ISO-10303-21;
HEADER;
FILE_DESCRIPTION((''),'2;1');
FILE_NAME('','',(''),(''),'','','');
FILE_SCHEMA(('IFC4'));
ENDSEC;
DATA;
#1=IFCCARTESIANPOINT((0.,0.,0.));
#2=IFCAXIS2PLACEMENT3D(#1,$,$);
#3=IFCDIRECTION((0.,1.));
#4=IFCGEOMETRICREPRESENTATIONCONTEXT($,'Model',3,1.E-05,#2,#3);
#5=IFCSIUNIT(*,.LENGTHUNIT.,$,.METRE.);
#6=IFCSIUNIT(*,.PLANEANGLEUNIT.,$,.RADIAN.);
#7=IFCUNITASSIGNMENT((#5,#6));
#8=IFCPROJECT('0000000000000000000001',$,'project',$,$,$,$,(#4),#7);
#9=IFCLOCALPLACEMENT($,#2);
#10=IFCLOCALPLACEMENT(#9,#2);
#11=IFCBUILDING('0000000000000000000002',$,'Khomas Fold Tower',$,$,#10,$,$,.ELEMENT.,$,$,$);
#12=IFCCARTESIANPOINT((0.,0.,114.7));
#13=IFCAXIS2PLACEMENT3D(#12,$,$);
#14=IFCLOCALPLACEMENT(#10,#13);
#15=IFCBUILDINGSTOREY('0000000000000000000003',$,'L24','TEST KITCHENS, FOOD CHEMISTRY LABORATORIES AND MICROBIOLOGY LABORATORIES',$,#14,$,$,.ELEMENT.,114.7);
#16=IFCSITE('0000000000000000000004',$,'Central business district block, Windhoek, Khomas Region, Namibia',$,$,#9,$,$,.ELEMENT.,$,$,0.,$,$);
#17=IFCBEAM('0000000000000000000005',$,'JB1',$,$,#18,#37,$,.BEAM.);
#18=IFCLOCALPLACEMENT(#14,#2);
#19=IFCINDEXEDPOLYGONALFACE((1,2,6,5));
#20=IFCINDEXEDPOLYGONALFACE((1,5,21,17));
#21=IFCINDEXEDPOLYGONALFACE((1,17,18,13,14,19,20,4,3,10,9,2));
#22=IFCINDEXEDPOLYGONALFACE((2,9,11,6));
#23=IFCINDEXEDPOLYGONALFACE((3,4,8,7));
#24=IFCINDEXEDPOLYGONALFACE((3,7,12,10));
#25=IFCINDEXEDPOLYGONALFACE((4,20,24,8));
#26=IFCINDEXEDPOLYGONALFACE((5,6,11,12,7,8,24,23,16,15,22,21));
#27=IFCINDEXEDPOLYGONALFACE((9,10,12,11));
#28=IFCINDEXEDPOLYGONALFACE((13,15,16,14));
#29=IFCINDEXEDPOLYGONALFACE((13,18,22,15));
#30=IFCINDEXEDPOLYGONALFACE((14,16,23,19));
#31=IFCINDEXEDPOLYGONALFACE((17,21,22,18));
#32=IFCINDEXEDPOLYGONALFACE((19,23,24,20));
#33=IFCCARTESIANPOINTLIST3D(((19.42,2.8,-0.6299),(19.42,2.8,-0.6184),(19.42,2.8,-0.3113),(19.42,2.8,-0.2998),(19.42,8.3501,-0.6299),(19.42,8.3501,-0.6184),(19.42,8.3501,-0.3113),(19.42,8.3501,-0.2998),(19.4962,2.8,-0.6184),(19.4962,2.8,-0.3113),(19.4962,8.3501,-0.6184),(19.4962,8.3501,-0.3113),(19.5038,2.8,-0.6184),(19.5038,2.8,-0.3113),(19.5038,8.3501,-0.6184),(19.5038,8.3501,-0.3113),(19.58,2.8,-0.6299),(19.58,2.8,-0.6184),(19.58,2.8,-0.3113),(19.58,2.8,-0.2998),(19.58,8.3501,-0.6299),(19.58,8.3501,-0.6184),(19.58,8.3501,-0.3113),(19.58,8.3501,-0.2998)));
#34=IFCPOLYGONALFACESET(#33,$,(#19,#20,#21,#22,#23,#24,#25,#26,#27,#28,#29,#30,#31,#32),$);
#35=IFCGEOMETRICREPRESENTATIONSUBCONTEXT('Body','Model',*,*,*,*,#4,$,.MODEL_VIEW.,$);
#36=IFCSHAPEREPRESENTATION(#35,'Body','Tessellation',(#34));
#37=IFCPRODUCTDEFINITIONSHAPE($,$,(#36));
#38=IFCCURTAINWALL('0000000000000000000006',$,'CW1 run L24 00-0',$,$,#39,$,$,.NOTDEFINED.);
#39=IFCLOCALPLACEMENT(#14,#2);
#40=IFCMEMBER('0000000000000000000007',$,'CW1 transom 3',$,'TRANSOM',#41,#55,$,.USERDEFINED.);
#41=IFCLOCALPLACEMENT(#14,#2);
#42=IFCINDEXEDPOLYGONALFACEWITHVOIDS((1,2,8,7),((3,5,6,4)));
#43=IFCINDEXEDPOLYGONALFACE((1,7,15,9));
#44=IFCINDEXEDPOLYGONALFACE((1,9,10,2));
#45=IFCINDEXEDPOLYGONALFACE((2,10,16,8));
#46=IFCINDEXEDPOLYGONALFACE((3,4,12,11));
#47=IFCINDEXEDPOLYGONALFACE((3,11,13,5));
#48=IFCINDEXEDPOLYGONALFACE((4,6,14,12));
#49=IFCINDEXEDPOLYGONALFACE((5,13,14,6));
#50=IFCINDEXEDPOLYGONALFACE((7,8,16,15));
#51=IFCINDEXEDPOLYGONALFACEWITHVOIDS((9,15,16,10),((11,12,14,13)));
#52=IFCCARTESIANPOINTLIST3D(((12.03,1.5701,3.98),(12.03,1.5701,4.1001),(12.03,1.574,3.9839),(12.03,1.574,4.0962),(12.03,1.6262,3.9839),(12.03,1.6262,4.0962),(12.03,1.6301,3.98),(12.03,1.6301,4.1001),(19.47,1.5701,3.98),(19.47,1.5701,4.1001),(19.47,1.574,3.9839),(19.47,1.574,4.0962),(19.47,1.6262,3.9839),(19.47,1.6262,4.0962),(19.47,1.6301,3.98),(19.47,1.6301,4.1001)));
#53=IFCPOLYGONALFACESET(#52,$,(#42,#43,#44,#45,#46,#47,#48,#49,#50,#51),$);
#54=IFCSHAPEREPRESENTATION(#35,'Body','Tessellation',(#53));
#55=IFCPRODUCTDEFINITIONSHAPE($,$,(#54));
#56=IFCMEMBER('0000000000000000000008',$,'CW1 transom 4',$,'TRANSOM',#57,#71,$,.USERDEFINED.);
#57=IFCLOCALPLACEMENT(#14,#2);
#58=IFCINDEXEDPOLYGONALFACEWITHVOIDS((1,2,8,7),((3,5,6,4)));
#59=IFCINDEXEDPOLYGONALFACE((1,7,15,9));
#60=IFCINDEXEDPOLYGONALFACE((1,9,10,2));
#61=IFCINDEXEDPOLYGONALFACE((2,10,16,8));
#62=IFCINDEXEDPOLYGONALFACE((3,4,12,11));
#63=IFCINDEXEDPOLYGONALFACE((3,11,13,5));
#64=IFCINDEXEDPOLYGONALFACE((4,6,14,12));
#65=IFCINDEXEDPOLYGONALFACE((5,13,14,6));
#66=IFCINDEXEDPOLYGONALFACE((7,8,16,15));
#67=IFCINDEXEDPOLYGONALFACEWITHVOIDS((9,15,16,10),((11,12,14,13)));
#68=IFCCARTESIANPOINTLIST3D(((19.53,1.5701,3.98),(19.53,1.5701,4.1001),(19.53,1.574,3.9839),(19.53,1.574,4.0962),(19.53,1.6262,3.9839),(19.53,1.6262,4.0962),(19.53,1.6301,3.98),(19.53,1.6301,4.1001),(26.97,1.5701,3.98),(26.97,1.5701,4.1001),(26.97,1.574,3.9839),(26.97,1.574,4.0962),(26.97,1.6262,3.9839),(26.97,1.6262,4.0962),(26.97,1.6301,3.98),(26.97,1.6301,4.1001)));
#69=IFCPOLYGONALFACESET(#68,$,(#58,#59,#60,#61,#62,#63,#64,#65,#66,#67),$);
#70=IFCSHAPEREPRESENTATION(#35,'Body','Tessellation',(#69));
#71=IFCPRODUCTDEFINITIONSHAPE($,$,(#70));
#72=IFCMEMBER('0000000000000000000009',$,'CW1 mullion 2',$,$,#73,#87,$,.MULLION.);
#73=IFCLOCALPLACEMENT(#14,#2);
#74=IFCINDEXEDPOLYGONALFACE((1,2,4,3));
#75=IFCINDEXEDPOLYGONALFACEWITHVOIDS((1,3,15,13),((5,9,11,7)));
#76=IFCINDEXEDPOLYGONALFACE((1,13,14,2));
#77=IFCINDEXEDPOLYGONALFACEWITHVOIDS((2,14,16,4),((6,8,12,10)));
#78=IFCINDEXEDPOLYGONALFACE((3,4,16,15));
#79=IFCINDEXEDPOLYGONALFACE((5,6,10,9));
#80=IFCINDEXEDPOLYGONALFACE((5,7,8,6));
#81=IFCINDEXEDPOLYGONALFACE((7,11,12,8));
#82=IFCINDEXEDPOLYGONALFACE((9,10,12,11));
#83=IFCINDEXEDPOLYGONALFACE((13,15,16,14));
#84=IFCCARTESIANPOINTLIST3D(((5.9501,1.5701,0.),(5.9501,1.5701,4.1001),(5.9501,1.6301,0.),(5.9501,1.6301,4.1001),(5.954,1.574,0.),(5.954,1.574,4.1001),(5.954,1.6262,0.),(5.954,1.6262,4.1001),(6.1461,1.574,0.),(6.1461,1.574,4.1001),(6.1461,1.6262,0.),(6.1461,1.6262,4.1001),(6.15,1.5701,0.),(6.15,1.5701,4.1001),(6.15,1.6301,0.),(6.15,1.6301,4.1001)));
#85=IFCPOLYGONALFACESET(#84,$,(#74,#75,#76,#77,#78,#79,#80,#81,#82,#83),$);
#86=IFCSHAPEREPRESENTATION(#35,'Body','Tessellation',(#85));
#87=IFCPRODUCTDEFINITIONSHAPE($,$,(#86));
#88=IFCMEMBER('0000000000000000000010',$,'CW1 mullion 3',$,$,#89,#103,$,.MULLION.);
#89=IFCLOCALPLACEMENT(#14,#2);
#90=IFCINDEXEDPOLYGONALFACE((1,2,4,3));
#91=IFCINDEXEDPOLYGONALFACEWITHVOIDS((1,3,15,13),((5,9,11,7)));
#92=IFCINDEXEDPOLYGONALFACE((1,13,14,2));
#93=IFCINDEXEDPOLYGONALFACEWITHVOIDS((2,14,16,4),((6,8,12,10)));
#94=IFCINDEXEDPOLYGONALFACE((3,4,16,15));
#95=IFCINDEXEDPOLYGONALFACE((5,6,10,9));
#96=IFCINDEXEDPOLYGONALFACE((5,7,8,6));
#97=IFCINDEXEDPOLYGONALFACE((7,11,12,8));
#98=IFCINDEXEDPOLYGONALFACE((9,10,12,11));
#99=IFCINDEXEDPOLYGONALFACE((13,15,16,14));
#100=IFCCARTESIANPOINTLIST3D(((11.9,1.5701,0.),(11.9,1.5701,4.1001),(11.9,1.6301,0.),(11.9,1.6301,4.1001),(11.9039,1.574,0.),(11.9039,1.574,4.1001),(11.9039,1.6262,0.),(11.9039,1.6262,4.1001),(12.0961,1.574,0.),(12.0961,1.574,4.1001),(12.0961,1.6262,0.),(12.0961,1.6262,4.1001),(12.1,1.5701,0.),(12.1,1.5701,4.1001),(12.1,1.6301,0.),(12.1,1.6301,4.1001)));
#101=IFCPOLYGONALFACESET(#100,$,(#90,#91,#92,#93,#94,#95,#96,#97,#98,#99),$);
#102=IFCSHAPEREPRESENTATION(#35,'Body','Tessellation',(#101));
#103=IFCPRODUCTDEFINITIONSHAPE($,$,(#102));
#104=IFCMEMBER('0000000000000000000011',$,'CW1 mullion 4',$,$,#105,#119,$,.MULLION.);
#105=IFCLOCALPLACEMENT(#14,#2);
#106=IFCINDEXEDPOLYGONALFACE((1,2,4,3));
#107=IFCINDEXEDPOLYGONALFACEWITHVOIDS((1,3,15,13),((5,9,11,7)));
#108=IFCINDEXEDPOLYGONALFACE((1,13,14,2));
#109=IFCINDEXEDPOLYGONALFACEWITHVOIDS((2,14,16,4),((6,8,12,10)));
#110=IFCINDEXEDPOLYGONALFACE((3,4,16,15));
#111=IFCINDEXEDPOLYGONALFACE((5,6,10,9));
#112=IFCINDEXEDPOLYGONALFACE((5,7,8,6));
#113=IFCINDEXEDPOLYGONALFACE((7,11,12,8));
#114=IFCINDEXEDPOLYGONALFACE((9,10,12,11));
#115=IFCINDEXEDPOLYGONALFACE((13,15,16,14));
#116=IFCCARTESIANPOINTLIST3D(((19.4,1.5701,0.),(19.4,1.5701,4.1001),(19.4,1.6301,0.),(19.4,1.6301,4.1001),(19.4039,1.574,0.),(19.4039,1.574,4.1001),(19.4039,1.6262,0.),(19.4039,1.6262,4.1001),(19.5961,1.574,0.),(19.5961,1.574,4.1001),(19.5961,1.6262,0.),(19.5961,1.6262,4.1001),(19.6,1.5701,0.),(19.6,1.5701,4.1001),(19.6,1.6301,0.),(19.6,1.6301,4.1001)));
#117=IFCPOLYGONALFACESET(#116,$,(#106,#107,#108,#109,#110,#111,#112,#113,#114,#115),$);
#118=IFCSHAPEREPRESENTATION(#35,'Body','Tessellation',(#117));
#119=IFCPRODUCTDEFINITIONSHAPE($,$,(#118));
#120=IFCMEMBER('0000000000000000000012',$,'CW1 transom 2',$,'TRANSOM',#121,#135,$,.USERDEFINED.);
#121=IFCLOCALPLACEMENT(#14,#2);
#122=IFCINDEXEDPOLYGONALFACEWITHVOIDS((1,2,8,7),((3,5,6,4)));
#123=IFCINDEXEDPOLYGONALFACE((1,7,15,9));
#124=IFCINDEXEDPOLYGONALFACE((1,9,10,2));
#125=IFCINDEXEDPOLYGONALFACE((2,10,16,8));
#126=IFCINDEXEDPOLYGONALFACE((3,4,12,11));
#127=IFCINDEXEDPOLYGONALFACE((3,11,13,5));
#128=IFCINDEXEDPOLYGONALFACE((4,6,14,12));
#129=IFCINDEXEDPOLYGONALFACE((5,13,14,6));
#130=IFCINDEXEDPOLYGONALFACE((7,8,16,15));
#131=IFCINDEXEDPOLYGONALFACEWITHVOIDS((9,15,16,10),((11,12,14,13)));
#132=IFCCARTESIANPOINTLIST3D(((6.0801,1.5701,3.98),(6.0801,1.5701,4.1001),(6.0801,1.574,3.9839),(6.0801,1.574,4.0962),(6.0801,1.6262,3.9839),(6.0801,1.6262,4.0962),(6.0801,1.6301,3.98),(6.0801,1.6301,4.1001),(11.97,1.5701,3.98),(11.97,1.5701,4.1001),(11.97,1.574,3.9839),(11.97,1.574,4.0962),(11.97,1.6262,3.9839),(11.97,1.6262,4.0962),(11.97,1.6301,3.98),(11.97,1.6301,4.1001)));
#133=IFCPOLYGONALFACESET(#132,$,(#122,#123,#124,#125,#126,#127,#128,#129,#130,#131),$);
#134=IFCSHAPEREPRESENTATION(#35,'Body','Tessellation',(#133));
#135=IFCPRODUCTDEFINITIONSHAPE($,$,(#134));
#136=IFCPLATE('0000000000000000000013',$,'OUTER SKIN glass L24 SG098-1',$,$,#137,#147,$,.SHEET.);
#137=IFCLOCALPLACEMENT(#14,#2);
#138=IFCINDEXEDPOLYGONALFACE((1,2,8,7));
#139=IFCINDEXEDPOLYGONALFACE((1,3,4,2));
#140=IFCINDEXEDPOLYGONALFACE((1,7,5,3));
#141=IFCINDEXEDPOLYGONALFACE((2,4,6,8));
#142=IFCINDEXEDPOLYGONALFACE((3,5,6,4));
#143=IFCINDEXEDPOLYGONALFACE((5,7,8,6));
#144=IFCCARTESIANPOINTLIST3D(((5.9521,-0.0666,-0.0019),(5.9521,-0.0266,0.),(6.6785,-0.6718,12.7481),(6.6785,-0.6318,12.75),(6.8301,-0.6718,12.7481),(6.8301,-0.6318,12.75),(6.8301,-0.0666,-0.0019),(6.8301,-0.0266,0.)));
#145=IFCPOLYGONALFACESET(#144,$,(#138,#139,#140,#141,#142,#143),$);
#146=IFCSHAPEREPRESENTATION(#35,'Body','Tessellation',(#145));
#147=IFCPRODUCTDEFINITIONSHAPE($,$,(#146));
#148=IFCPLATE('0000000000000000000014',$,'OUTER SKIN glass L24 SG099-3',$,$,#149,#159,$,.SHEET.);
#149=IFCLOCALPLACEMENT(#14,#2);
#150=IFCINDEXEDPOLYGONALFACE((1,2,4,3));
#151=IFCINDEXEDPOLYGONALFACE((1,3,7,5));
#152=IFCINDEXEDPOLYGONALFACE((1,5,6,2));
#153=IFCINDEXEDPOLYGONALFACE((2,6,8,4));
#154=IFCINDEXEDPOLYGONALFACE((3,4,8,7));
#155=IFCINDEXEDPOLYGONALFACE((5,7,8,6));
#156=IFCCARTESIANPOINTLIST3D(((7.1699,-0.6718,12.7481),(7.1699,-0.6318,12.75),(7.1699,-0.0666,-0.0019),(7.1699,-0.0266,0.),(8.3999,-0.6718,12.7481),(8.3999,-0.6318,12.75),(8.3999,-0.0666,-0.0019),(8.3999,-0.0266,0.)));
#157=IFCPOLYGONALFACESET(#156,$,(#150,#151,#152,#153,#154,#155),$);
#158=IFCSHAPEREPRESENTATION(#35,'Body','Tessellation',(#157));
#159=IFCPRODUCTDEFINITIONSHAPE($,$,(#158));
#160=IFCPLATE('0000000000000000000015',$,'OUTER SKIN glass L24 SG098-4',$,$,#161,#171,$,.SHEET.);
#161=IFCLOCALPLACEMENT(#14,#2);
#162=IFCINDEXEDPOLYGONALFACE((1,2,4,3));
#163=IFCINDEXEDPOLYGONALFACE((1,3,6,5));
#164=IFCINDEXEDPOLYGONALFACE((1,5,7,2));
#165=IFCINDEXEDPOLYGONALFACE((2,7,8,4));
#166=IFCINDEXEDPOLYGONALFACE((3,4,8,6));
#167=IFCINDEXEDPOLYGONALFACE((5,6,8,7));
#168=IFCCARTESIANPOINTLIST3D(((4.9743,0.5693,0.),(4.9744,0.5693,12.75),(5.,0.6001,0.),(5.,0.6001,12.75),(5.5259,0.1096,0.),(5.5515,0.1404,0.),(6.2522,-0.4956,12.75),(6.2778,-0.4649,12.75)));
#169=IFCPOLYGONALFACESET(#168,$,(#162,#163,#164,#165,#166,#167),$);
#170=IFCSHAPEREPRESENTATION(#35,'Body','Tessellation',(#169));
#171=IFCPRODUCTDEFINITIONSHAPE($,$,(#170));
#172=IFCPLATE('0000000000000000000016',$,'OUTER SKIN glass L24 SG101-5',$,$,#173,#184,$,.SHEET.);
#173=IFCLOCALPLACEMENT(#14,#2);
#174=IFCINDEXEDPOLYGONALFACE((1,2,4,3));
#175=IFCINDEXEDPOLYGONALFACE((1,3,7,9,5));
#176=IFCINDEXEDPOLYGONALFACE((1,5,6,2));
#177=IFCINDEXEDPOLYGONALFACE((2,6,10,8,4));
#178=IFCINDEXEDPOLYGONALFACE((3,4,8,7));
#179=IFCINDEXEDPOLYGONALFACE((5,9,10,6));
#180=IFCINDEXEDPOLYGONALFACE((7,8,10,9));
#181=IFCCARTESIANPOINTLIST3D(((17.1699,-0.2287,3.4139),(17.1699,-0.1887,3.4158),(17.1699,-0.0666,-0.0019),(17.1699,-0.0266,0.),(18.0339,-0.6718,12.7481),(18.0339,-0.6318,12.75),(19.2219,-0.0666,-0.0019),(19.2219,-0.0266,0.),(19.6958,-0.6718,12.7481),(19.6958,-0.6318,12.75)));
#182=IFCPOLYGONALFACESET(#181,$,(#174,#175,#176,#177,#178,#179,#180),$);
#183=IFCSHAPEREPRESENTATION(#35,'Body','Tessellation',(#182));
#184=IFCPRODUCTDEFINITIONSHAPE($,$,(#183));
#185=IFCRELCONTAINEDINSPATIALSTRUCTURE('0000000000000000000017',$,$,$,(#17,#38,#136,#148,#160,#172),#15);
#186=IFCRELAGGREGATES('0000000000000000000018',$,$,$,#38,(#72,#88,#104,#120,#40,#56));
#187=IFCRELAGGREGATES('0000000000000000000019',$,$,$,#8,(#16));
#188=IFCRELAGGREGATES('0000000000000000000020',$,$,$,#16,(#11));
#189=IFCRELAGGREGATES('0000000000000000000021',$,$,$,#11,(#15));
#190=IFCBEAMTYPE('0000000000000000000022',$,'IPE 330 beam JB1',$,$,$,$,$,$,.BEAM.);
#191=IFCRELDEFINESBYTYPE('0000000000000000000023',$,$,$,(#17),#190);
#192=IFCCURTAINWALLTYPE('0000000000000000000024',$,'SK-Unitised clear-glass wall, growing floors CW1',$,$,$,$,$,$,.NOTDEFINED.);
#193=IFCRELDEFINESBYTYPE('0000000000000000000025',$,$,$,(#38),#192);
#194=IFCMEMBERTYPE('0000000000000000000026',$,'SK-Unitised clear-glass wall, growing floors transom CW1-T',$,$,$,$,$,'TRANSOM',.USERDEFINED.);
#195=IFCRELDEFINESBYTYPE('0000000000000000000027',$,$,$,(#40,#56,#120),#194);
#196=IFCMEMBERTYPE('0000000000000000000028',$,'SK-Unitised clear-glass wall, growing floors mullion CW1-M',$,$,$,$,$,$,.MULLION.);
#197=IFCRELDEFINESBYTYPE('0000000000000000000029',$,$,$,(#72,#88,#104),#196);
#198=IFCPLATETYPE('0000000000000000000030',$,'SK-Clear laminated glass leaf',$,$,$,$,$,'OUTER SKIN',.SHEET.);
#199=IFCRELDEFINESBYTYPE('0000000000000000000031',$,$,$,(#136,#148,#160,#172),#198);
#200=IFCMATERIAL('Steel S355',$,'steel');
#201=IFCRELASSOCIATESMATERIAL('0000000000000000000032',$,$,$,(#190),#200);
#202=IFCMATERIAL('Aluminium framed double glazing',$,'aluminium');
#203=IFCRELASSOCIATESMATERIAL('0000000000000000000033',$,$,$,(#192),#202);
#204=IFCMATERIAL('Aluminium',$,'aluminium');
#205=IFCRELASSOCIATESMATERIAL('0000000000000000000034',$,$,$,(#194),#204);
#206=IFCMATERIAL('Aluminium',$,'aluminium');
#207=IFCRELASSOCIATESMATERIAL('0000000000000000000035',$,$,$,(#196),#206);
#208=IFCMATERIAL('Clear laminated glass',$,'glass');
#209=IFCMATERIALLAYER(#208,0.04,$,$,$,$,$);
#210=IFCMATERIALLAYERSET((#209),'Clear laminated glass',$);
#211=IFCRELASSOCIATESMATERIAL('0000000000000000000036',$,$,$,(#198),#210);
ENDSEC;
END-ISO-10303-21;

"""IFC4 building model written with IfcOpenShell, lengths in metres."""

from ifc_helpers import new_model, si_unit, direction, frame, origin, origin_2d, place, context, subcontext, project, spatial, polyline, hollow_rectangle, i_section, outline, extrude, source, transform, mapped, material, layer, layer_set, material_profile, profile_set, type_object, element, aggregate, save


model = new_model("IFC4")

# Units and contexts
model_context = context("Model", 3, precision=1e-05, world=origin(), true_north=direction((0.0, 1.0)))
body_context = subcontext(model_context, "Body", "Model", "MODEL_VIEW")
ifc_project = project(units=[si_unit("LENGTHUNIT", "METRE"), si_unit("PLANEANGLEUNIT", "RADIAN")], contexts=[model_context])

# Site, building, storey
site_placement = place(None, origin())
site = spatial("IfcSite", under=ifc_project, at=site_placement, Name="Central business district block, Windhoek, Khomas Region, Namibia", CompositionType="ELEMENT", RefElevation=0.0)
building_placement = place(site_placement, origin())
building = spatial("IfcBuilding", under=site, at=building_placement, Name="Khomas Fold Tower", CompositionType="ELEMENT")
storey_placement = place(building_placement, frame((0.0, 0.0, 114.7)))
storey = spatial("IfcBuildingStorey", under=building, at=storey_placement, Name="L24", Description="TEST KITCHENS, FOOD CHEMISTRY LABORATORIES AND MICROBIOLOGY LABORATORIES", CompositionType="ELEMENT", Elevation=114.7)

# Beam
ifc_material_1 = material(Name="Steel S355", Category="steel")
ifc_material_profile_1 = material_profile(ifc_material_1, i_section(OverallWidth=0.1599, OverallDepth=0.3301, WebThickness=0.0076, FlangeThickness=0.0115, at=origin_2d()), Name="IPE 330")
ifc_profile_set_1 = profile_set([ifc_material_profile_1], Name="Steel S355")
beam_type_1 = type_object("IfcBeamType", Name="IPE 330 beam JB1", PredefinedType="BEAM", material=ifc_profile_set_1)
shared_shape_1 = source(origin(), body_context, "Body", "SweptSolid", [
    extrude(i_section(OverallWidth=0.1599, OverallDepth=0.3301, WebThickness=0.0076, FlangeThickness=0.0115, at=origin_2d()), origin(), (0.0, 0.0, 1.0), 5.55),
])
beam_1_placement = place(storey_placement, frame((19.5, 2.8, -0.4648), z_axis=(0.0, 1.0, 0.0), x_axis=(-1.0, 0.0, 0.0)))
element("IfcBeam", 1, at=beam_1_placement, inside=storey, type_object=beam_type_1, Name="JB1", PredefinedType="BEAM", context=body_context, shape_type="MappedRepresentation", body=[
    mapped(shared_shape_1, transform((0.0, 0.0, 0.0))),
])

# Curtain wall, members
ifc_material_2 = material(Name="Aluminium framed double glazing", Category="aluminium")
curtain_wall_type = type_object("IfcCurtainWallType", Name="SK-Unitised clear-glass wall, growing floors CW1", PredefinedType="NOTDEFINED", material=ifc_material_2)
curtain_wall_placement = place(storey_placement, origin())
curtain_wall = element("IfcCurtainWall", 2, at=curtain_wall_placement, inside=storey, type_object=curtain_wall_type, Name="CW1 run L24 00-0", PredefinedType="NOTDEFINED")
ifc_material_3 = material(Name="Aluminium", Category="aluminium")
ifc_material_profile_2 = material_profile(ifc_material_3, hollow_rectangle(XDim=0.0601, YDim=0.1201, WallThickness=0.0039, at=origin_2d()), Name="SK-Unitised clear-glass wall, growing floors transom CW1-T")
ifc_profile_set_2 = profile_set([ifc_material_profile_2], Name="Aluminium")
member_type_1 = type_object("IfcMemberType", Name="SK-Unitised clear-glass wall, growing floors transom CW1-T", ElementType="TRANSOM", PredefinedType="USERDEFINED", material=ifc_profile_set_2)
shared_shape_2 = source(origin(), body_context, "Body", "SweptSolid", [
    extrude(hollow_rectangle(XDim=0.0601, YDim=0.1201, WallThickness=0.0039, at=origin_2d()), origin(), (0.0, 0.0, 1.0), 7.4399),
])
member_1_placement = place(storey_placement, frame((12.03, 1.6001, 4.04), z_axis=(1.0, 0.0, 0.0), x_axis=(0.0, 1.0, 0.0)))
member_1 = element("IfcMember", 3, at=member_1_placement, type_object=member_type_1, Name="CW1 transom 3", ObjectType="TRANSOM", PredefinedType="USERDEFINED", context=body_context, shape_type="MappedRepresentation", body=[
    mapped(shared_shape_2, transform((0.0, 0.0, 0.0))),
])
member_2_placement = place(storey_placement, frame((19.53, 1.6001, 4.04), z_axis=(1.0, 0.0, 0.0), x_axis=(0.0, 1.0, 0.0)))
member_2 = element("IfcMember", 4, at=member_2_placement, type_object=member_type_1, Name="CW1 transom 4", ObjectType="TRANSOM", PredefinedType="USERDEFINED", context=body_context, shape_type="MappedRepresentation", body=[
    mapped(shared_shape_2, transform((0.0, 0.0, 0.0))),
])
ifc_material_4 = material(Name="Aluminium", Category="aluminium")
ifc_material_profile_3 = material_profile(ifc_material_4, hollow_rectangle(XDim=0.0601, YDim=0.2, WallThickness=0.0039, at=origin_2d()), Name="SK-Unitised clear-glass wall, growing floors mullion CW1-M")
ifc_profile_set_3 = profile_set([ifc_material_profile_3], Name="Aluminium")
member_type_2 = type_object("IfcMemberType", Name="SK-Unitised clear-glass wall, growing floors mullion CW1-M", PredefinedType="MULLION", material=ifc_profile_set_3)
shared_shape_3 = source(origin(), body_context, "Body", "SweptSolid", [
    extrude(hollow_rectangle(XDim=0.0601, YDim=0.2, WallThickness=0.0039, at=origin_2d()), origin(), (0.0, 0.0, 1.0), 4.1001),
])
member_3_placement = place(storey_placement, frame((6.05, 1.6001, 0.0), z_axis=(0.0, 0.0, 1.0), x_axis=(0.0, 1.0, 0.0)))
member_3 = element("IfcMember", 5, at=member_3_placement, type_object=member_type_2, Name="CW1 mullion 2", PredefinedType="MULLION", context=body_context, shape_type="MappedRepresentation", body=[
    mapped(shared_shape_3, transform((0.0, 0.0, 0.0))),
])
member_4_placement = place(storey_placement, frame((12.0, 1.6001, 0.0), z_axis=(0.0, 0.0, 1.0), x_axis=(0.0, 1.0, 0.0)))
member_4 = element("IfcMember", 6, at=member_4_placement, type_object=member_type_2, Name="CW1 mullion 3", PredefinedType="MULLION", context=body_context, shape_type="MappedRepresentation", body=[
    mapped(shared_shape_3, transform((0.0, 0.0, 0.0))),
])
member_5_placement = place(storey_placement, frame((19.5, 1.6001, 0.0), z_axis=(0.0, 0.0, 1.0), x_axis=(0.0, 1.0, 0.0)))
member_5 = element("IfcMember", 7, at=member_5_placement, type_object=member_type_2, Name="CW1 mullion 4", PredefinedType="MULLION", context=body_context, shape_type="MappedRepresentation", body=[
    mapped(shared_shape_3, transform((0.0, 0.0, 0.0))),
])
shared_shape_4 = source(origin(), body_context, "Body", "SweptSolid", [
    extrude(hollow_rectangle(XDim=0.0601, YDim=0.1201, WallThickness=0.0039, at=origin_2d()), origin(), (0.0, 0.0, 1.0), 5.8899),
])
member_6_placement = place(storey_placement, frame((6.0801, 1.6001, 4.04), z_axis=(1.0, 0.0, 0.0), x_axis=(0.0, 1.0, 0.0)))
member_6 = element("IfcMember", 8, at=member_6_placement, type_object=member_type_1, Name="CW1 transom 2", ObjectType="TRANSOM", PredefinedType="USERDEFINED", context=body_context, shape_type="MappedRepresentation", body=[
    mapped(shared_shape_4, transform((0.0, 0.0, 0.0))),
])

# Plates
ifc_material_5 = material(Name="Clear laminated glass", Category="glass")
ifc_layer_1 = layer(ifc_material_5, 0.04)
ifc_layer_set_1 = layer_set([ifc_layer_1], Name="Clear laminated glass")
plate_type_1 = type_object("IfcPlateType", Name="SK-Clear laminated glass leaf", ElementType="OUTER SKIN", PredefinedType="SHEET", material=ifc_layer_set_1)
plate_1_placement = place(storey_placement, frame((5.9521, -0.0266, 0.0), z_axis=(0.0, 0.998875, 0.047415), x_axis=(0.05681, -0.047339, 0.997262)))
element("IfcPlate", 9, at=plate_1_placement, inside=storey, type_object=plate_type_1, Name="OUTER SKIN glass L24 SG098-1", PredefinedType="SHEET", context=body_context, shape_type="SweptSolid", body=[
    extrude(outline(polyline([(0.0, 0.0), (12.785, 0.0), (12.7936, 0.1514), (0.0499, 0.8765), (0.0, 0.0)])), origin(), (0.0, 0.0, -1.0), 0.04),
])
plate_2_placement = place(storey_placement, frame((8.3999, -0.0266, 0.0), z_axis=(0.0, 0.998875, 0.047415), x_axis=(-1.0, 0.0, 0.0)))
element("IfcPlate", 10, at=plate_2_placement, inside=storey, type_object=plate_type_1, Name="OUTER SKIN glass L24 SG099-3", PredefinedType="SHEET", context=body_context, shape_type="SweptSolid", body=[
    extrude(outline(polyline([(0.0, 0.0), (1.23, 0.0), (1.23, 12.7644), (0.0, 12.7644), (0.0, 0.0)])), origin(), (0.0, 0.0, -1.0), 0.04),
])
plate_3_placement = place(storey_placement, frame((5.5259, 0.1096, 0.0), z_axis=(-0.640235, -0.768179, 0.000004), x_axis=(-0.768179, 0.640235, 0.0)))
element("IfcPlate", 11, at=plate_3_placement, inside=storey, type_object=plate_type_1, Name="OUTER SKIN glass L24 SG098-4", PredefinedType="SHEET", context=body_context, shape_type="SweptSolid", body=[
    extrude(outline(polyline([(0.0, 0.0), (0.718, 0.0), (0.718, -12.75), (-0.9454, -12.75), (0.0, 0.0)])), origin(), (0.0, 0.0, -1.0), 0.04),
])
plate_4_placement = place(storey_placement, frame((19.2219, -0.0266, 0.0), z_axis=(0.000008, 0.998875, 0.047415), x_axis=(-1.0, 0.000008, 0.0)))
element("IfcPlate", 12, at=plate_4_placement, inside=storey, type_object=plate_type_1, Name="OUTER SKIN glass L24 SG101-5", PredefinedType="SHEET", context=body_context, shape_type="SweptSolid", body=[
    extrude(outline(polyline([(0.0, 0.0), (2.052, 0.0), (2.052, 3.4196), (1.188, 12.7644), (-0.4739, 12.7644), (0.0, 0.0)])), origin(), (0.0, 0.0, -1.0), 0.04),
])

aggregate(curtain_wall, [member_3, member_4, member_5, member_6, member_1, member_2])

save(model, "model.ifc")
